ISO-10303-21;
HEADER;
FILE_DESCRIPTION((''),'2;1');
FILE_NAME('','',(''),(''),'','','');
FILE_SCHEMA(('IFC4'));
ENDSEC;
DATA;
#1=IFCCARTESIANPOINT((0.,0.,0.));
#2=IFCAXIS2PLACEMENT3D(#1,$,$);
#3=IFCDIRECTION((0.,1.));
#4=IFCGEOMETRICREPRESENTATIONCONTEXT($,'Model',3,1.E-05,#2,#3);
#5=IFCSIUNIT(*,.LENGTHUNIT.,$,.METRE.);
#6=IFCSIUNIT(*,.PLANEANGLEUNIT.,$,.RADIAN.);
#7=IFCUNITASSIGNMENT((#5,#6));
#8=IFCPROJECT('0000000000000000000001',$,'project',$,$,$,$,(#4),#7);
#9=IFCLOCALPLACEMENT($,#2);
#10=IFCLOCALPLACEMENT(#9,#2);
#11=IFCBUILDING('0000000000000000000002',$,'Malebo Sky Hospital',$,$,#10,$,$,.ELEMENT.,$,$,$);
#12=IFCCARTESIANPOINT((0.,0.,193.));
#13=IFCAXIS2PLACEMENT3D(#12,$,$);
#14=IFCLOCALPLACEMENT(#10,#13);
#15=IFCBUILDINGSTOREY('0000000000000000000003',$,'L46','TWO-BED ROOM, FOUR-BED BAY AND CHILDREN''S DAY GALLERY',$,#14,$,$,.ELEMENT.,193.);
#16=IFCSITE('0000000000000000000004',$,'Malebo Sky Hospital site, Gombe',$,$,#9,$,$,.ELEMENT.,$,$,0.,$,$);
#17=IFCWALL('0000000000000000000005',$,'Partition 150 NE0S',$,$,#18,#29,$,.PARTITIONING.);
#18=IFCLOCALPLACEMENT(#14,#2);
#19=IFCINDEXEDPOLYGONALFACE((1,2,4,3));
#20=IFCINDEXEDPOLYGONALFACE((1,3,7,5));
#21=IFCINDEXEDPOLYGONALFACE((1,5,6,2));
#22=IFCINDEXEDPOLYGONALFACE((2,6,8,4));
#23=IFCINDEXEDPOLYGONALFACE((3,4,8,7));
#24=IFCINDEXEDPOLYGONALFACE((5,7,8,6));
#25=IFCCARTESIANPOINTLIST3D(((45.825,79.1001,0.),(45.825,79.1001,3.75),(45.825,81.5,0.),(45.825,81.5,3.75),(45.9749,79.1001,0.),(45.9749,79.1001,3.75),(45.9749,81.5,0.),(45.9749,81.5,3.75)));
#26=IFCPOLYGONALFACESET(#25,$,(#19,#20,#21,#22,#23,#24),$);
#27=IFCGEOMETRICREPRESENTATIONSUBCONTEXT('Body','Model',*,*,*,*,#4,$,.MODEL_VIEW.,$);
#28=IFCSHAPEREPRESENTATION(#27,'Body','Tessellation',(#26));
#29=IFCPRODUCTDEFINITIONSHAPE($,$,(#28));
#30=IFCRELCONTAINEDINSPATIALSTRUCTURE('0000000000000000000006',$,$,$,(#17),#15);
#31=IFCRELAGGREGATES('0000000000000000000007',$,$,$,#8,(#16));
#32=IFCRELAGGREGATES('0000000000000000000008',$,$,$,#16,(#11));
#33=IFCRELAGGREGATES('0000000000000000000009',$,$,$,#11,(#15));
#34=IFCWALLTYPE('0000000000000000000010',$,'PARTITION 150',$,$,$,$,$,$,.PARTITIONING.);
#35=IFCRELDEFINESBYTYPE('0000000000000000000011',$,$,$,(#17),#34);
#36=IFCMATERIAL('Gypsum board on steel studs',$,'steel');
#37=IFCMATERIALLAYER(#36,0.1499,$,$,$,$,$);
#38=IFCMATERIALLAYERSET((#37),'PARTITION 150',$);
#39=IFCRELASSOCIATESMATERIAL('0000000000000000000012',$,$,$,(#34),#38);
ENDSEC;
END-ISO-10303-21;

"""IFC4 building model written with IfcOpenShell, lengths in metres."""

from ifc_helpers import new_model, si_unit, direction, frame, frame_2d, origin, place, context, subcontext, project, spatial, rectangle, extrude, material, layer, layer_set, type_object, element, save


model = new_model("IFC4")

# Units and contexts
model_context = context("Model", 3, precision=1e-05, world=origin(), true_north=direction((0.0, 1.0)))
body_context = subcontext(model_context, "Body", "Model", "MODEL_VIEW")
ifc_project = project(units=[si_unit("LENGTHUNIT", "METRE"), si_unit("PLANEANGLEUNIT", "RADIAN")], contexts=[model_context])

# Site, building, storey
site_placement = place(None, origin())
site = spatial("IfcSite", under=ifc_project, at=site_placement, Name="Malebo Sky Hospital site, Gombe", CompositionType="ELEMENT", RefElevation=0.0)
building_placement = place(site_placement, origin())
building = spatial("IfcBuilding", under=site, at=building_placement, Name="Malebo Sky Hospital", CompositionType="ELEMENT")
storey_placement = place(building_placement, frame((0.0, 0.0, 193.0)))
storey = spatial("IfcBuildingStorey", under=building, at=storey_placement, Name="L46", Description="TWO-BED ROOM, FOUR-BED BAY AND CHILDREN'S DAY GALLERY", CompositionType="ELEMENT", Elevation=193.0)

# Shared definitions
ifc_material_1 = material(Name="Gypsum board on steel studs", Category="steel")

# Shared definitions
ifc_layer_1 = layer(ifc_material_1, 0.1499)
ifc_layer_set_1 = layer_set([ifc_layer_1], Name="PARTITION 150")
wall_type_1 = type_object("IfcWallType", Name="PARTITION 150", PredefinedType="PARTITIONING", material=ifc_layer_set_1)

# Wall
wall_1_placement = place(storey_placement, frame((45.8999, 79.1001, 0.0), z_axis=(0.0, 0.0, 1.0), x_axis=(0.0, 1.0, 0.0)))
element("IfcWall", 1, at=wall_1_placement, inside=storey, type_object=wall_type_1, Name="Partition 150 NE0S", PredefinedType="PARTITIONING", context=body_context, shape_type="SweptSolid", body=[
    extrude(rectangle(XDim=2.3999, YDim=0.1499, at=frame_2d((1.2, 0.0))), origin(), (0.0, 0.0, 1.0), 3.75),
])

save(model, "model.ifc")
